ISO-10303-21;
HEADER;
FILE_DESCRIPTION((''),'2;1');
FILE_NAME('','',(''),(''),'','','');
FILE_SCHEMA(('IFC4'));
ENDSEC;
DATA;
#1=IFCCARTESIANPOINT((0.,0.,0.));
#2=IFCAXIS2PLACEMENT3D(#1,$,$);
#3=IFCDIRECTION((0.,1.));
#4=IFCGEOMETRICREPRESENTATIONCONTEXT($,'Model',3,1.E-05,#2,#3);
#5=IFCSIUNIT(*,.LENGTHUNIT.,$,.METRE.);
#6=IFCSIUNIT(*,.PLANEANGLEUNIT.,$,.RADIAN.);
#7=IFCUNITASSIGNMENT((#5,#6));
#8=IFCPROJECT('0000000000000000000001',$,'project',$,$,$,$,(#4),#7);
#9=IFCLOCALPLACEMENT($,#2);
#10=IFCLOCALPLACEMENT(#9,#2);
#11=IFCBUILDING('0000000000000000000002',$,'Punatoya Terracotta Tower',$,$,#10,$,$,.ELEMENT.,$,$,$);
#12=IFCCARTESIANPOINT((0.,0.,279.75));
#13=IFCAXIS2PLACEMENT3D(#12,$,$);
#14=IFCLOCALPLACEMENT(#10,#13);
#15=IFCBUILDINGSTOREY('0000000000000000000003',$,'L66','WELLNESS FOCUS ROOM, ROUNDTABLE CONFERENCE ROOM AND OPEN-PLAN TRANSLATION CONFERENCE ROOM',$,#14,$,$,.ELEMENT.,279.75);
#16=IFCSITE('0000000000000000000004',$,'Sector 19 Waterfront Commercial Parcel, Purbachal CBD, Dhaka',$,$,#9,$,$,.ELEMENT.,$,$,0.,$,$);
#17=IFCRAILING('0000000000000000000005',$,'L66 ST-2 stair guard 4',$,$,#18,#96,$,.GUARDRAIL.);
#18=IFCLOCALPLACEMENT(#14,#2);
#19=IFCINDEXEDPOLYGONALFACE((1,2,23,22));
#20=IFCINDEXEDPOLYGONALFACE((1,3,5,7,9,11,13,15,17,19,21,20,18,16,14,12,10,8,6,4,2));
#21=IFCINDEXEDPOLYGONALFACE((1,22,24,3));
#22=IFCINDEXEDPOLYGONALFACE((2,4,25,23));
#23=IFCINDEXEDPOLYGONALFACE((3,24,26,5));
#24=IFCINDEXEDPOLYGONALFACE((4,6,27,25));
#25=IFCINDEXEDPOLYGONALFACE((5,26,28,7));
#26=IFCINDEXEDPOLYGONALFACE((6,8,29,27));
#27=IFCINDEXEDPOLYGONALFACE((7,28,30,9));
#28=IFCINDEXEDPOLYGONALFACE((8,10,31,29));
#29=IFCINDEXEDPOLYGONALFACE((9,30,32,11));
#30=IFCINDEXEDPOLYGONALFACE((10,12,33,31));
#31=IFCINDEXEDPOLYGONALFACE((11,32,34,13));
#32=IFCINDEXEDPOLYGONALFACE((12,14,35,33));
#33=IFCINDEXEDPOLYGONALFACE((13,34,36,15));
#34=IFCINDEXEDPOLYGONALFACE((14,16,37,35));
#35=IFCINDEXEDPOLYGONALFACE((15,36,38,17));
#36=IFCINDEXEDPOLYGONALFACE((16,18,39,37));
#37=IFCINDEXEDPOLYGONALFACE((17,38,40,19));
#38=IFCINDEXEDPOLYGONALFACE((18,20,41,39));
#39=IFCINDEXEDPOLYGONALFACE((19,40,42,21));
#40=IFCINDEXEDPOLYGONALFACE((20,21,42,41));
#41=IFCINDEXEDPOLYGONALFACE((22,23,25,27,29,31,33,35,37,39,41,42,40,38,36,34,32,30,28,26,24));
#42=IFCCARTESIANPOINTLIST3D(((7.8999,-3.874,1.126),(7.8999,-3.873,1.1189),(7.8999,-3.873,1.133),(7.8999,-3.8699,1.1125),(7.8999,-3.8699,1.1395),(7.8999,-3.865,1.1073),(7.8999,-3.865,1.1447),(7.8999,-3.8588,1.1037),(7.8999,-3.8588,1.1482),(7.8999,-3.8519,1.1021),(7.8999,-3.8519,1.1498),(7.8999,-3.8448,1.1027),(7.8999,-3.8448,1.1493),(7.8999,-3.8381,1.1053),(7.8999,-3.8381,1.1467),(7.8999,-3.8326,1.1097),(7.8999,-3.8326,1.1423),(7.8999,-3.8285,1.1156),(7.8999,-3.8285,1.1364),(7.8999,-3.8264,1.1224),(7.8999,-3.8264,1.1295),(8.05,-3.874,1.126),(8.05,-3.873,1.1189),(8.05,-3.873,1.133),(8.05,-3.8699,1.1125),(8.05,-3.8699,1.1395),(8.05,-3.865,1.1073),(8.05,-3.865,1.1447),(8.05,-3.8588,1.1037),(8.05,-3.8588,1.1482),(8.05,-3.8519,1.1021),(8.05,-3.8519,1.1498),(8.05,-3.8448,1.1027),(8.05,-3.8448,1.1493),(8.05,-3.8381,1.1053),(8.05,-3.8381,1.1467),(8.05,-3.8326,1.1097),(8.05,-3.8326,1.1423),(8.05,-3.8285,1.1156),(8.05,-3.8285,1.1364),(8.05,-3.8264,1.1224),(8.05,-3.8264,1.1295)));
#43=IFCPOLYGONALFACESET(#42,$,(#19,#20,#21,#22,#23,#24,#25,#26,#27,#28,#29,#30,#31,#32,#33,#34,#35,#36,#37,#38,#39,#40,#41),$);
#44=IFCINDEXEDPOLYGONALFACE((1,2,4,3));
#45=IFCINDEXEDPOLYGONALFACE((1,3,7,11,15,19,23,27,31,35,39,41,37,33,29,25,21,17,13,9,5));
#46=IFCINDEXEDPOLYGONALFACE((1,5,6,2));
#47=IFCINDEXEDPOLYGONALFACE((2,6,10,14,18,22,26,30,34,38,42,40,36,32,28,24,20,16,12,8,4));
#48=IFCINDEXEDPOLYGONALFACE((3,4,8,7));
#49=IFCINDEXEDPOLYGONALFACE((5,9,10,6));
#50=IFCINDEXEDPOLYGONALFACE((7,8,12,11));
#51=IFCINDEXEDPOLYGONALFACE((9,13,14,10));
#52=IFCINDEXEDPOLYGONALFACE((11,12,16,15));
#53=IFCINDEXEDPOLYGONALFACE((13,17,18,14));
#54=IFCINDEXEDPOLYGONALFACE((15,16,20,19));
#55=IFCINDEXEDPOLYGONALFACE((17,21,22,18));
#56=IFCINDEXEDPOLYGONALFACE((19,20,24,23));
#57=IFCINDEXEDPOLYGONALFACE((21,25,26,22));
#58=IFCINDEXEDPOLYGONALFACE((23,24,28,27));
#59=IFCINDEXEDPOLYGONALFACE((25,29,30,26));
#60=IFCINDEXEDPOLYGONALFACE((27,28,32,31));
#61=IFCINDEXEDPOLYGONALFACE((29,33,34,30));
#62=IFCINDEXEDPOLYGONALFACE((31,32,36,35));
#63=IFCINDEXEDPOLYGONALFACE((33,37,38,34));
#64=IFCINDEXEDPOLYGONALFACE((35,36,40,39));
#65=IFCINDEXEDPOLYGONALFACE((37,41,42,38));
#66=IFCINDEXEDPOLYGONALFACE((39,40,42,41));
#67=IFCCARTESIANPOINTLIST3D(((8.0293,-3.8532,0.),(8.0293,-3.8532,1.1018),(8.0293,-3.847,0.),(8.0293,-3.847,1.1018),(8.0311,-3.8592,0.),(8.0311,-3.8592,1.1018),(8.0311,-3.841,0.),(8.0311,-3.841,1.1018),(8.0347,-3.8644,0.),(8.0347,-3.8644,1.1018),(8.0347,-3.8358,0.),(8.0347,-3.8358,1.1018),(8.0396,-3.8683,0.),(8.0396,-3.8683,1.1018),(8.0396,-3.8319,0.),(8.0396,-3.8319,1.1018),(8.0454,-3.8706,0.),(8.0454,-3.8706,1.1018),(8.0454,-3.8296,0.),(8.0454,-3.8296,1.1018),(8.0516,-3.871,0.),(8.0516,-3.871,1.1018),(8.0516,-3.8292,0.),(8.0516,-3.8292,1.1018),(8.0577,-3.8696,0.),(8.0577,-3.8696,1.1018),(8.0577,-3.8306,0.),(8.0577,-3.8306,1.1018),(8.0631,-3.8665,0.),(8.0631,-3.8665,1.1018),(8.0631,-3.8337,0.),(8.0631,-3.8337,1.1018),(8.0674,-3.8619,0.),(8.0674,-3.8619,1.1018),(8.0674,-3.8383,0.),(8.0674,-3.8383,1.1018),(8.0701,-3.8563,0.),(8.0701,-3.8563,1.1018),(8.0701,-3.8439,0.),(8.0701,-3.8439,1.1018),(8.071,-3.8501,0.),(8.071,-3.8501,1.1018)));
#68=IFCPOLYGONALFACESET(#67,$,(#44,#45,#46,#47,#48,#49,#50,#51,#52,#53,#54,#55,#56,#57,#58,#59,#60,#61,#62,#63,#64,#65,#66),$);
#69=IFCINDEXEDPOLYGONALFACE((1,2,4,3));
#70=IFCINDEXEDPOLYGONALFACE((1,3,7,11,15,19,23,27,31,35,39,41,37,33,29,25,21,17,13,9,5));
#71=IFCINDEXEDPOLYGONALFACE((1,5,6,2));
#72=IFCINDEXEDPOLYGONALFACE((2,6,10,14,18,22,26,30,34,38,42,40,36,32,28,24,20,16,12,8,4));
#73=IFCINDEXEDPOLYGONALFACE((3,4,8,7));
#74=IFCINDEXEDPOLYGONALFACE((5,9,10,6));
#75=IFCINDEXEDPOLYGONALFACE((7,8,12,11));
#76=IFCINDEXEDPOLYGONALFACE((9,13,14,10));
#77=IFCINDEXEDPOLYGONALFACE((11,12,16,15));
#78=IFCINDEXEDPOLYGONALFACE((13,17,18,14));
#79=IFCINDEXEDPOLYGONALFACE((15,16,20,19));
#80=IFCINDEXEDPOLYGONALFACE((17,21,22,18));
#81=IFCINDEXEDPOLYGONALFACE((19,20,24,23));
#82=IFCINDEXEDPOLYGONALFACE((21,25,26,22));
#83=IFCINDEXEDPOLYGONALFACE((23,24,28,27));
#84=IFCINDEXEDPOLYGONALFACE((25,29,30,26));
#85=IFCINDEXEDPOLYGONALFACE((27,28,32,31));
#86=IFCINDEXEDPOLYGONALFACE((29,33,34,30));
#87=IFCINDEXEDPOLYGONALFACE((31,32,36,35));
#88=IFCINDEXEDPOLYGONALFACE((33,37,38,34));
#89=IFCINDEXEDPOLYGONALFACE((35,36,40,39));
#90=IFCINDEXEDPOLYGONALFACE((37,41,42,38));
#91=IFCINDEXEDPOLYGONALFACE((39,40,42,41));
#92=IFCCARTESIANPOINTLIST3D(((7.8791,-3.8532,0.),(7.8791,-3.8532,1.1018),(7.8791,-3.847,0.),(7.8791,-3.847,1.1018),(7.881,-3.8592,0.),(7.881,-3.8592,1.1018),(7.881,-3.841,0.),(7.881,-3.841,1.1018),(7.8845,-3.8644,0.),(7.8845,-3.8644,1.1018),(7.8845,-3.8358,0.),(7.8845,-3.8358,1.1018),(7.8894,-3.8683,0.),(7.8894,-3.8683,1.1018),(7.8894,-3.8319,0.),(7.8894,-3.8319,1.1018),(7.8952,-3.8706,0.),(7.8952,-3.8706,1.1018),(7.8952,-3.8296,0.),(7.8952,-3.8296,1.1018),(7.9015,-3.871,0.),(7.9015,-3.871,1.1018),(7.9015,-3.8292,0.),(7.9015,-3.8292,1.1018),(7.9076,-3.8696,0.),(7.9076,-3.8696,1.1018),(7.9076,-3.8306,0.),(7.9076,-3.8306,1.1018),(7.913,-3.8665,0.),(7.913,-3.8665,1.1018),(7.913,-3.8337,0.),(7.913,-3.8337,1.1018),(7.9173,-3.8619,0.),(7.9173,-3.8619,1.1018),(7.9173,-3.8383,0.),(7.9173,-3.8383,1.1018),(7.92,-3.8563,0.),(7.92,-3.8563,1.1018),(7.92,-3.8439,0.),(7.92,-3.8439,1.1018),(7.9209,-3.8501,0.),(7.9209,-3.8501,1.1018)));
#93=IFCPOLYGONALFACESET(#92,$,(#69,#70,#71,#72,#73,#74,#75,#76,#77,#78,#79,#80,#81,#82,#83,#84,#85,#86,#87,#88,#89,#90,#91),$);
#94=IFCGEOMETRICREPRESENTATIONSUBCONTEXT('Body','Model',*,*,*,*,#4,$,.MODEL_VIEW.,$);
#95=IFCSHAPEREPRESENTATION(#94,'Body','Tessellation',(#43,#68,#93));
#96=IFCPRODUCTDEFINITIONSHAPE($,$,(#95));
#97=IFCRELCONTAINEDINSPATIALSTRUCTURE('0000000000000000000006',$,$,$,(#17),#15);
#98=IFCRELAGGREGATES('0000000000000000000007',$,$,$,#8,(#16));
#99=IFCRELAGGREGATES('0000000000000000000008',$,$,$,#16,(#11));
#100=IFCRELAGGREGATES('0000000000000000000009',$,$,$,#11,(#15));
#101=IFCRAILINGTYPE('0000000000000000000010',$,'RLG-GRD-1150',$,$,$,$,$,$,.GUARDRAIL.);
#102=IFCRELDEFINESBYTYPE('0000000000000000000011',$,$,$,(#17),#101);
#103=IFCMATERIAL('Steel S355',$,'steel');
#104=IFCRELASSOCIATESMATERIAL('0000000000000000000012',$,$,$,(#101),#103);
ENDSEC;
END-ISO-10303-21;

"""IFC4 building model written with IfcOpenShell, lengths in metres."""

from ifc_helpers import new_model, si_unit, direction, frame, origin, origin_2d, place, context, subcontext, project, spatial, circle, extrude, material, type_object, element, save


model = new_model("IFC4")

# Units and contexts
model_context = context("Model", 3, precision=1e-05, world=origin(), true_north=direction((0.0, 1.0)))
body_context = subcontext(model_context, "Body", "Model", "MODEL_VIEW")
ifc_project = project(units=[si_unit("LENGTHUNIT", "METRE"), si_unit("PLANEANGLEUNIT", "RADIAN")], contexts=[model_context])

# Site, building, storey
site_placement = place(None, origin())
site = spatial("IfcSite", under=ifc_project, at=site_placement, Name="Sector 19 Waterfront Commercial Parcel, Purbachal CBD, Dhaka", CompositionType="ELEMENT", RefElevation=0.0)
building_placement = place(site_placement, origin())
building = spatial("IfcBuilding", under=site, at=building_placement, Name="Punatoya Terracotta Tower", CompositionType="ELEMENT")
storey_placement = place(building_placement, frame((0.0, 0.0, 279.75)))
storey = spatial("IfcBuildingStorey", under=building, at=storey_placement, Name="L66", Description="WELLNESS FOCUS ROOM, ROUNDTABLE CONFERENCE ROOM AND OPEN-PLAN TRANSLATION CONFERENCE ROOM", CompositionType="ELEMENT", Elevation=279.75)

# Shared definitions
ifc_material_1 = material(Name="Steel S355", Category="steel")

# Railing
railing_type_1 = type_object("IfcRailingType", Name="RLG-GRD-1150", PredefinedType="GUARDRAIL", material=ifc_material_1)
railing_1_placement = place(storey_placement, frame((8.05, -3.8501, 0.0)))
element("IfcRailing", 1, at=railing_1_placement, inside=storey, type_object=railing_type_1, Name="L66 ST-2 stair guard 4", PredefinedType="GUARDRAIL", context=body_context, shape_type="SweptSolid", body=[
    extrude(circle(Radius=0.0239, at=origin_2d()), frame((0.0, 0.0, 1.126), z_axis=(-1.0, 0.0, 0.0), x_axis=(0.0, -1.0, 0.0)), (0.0, 0.0, 1.0), 0.1501),
    extrude(circle(Radius=0.021, at=origin_2d()), origin(), (0.0, 0.0, 1.0), 1.1018),
    extrude(circle(Radius=0.021, at=origin_2d()), frame((-0.1501, 0.0, 0.0)), (0.0, 0.0, 1.0), 1.1018),
])

save(model, "model.ifc")
